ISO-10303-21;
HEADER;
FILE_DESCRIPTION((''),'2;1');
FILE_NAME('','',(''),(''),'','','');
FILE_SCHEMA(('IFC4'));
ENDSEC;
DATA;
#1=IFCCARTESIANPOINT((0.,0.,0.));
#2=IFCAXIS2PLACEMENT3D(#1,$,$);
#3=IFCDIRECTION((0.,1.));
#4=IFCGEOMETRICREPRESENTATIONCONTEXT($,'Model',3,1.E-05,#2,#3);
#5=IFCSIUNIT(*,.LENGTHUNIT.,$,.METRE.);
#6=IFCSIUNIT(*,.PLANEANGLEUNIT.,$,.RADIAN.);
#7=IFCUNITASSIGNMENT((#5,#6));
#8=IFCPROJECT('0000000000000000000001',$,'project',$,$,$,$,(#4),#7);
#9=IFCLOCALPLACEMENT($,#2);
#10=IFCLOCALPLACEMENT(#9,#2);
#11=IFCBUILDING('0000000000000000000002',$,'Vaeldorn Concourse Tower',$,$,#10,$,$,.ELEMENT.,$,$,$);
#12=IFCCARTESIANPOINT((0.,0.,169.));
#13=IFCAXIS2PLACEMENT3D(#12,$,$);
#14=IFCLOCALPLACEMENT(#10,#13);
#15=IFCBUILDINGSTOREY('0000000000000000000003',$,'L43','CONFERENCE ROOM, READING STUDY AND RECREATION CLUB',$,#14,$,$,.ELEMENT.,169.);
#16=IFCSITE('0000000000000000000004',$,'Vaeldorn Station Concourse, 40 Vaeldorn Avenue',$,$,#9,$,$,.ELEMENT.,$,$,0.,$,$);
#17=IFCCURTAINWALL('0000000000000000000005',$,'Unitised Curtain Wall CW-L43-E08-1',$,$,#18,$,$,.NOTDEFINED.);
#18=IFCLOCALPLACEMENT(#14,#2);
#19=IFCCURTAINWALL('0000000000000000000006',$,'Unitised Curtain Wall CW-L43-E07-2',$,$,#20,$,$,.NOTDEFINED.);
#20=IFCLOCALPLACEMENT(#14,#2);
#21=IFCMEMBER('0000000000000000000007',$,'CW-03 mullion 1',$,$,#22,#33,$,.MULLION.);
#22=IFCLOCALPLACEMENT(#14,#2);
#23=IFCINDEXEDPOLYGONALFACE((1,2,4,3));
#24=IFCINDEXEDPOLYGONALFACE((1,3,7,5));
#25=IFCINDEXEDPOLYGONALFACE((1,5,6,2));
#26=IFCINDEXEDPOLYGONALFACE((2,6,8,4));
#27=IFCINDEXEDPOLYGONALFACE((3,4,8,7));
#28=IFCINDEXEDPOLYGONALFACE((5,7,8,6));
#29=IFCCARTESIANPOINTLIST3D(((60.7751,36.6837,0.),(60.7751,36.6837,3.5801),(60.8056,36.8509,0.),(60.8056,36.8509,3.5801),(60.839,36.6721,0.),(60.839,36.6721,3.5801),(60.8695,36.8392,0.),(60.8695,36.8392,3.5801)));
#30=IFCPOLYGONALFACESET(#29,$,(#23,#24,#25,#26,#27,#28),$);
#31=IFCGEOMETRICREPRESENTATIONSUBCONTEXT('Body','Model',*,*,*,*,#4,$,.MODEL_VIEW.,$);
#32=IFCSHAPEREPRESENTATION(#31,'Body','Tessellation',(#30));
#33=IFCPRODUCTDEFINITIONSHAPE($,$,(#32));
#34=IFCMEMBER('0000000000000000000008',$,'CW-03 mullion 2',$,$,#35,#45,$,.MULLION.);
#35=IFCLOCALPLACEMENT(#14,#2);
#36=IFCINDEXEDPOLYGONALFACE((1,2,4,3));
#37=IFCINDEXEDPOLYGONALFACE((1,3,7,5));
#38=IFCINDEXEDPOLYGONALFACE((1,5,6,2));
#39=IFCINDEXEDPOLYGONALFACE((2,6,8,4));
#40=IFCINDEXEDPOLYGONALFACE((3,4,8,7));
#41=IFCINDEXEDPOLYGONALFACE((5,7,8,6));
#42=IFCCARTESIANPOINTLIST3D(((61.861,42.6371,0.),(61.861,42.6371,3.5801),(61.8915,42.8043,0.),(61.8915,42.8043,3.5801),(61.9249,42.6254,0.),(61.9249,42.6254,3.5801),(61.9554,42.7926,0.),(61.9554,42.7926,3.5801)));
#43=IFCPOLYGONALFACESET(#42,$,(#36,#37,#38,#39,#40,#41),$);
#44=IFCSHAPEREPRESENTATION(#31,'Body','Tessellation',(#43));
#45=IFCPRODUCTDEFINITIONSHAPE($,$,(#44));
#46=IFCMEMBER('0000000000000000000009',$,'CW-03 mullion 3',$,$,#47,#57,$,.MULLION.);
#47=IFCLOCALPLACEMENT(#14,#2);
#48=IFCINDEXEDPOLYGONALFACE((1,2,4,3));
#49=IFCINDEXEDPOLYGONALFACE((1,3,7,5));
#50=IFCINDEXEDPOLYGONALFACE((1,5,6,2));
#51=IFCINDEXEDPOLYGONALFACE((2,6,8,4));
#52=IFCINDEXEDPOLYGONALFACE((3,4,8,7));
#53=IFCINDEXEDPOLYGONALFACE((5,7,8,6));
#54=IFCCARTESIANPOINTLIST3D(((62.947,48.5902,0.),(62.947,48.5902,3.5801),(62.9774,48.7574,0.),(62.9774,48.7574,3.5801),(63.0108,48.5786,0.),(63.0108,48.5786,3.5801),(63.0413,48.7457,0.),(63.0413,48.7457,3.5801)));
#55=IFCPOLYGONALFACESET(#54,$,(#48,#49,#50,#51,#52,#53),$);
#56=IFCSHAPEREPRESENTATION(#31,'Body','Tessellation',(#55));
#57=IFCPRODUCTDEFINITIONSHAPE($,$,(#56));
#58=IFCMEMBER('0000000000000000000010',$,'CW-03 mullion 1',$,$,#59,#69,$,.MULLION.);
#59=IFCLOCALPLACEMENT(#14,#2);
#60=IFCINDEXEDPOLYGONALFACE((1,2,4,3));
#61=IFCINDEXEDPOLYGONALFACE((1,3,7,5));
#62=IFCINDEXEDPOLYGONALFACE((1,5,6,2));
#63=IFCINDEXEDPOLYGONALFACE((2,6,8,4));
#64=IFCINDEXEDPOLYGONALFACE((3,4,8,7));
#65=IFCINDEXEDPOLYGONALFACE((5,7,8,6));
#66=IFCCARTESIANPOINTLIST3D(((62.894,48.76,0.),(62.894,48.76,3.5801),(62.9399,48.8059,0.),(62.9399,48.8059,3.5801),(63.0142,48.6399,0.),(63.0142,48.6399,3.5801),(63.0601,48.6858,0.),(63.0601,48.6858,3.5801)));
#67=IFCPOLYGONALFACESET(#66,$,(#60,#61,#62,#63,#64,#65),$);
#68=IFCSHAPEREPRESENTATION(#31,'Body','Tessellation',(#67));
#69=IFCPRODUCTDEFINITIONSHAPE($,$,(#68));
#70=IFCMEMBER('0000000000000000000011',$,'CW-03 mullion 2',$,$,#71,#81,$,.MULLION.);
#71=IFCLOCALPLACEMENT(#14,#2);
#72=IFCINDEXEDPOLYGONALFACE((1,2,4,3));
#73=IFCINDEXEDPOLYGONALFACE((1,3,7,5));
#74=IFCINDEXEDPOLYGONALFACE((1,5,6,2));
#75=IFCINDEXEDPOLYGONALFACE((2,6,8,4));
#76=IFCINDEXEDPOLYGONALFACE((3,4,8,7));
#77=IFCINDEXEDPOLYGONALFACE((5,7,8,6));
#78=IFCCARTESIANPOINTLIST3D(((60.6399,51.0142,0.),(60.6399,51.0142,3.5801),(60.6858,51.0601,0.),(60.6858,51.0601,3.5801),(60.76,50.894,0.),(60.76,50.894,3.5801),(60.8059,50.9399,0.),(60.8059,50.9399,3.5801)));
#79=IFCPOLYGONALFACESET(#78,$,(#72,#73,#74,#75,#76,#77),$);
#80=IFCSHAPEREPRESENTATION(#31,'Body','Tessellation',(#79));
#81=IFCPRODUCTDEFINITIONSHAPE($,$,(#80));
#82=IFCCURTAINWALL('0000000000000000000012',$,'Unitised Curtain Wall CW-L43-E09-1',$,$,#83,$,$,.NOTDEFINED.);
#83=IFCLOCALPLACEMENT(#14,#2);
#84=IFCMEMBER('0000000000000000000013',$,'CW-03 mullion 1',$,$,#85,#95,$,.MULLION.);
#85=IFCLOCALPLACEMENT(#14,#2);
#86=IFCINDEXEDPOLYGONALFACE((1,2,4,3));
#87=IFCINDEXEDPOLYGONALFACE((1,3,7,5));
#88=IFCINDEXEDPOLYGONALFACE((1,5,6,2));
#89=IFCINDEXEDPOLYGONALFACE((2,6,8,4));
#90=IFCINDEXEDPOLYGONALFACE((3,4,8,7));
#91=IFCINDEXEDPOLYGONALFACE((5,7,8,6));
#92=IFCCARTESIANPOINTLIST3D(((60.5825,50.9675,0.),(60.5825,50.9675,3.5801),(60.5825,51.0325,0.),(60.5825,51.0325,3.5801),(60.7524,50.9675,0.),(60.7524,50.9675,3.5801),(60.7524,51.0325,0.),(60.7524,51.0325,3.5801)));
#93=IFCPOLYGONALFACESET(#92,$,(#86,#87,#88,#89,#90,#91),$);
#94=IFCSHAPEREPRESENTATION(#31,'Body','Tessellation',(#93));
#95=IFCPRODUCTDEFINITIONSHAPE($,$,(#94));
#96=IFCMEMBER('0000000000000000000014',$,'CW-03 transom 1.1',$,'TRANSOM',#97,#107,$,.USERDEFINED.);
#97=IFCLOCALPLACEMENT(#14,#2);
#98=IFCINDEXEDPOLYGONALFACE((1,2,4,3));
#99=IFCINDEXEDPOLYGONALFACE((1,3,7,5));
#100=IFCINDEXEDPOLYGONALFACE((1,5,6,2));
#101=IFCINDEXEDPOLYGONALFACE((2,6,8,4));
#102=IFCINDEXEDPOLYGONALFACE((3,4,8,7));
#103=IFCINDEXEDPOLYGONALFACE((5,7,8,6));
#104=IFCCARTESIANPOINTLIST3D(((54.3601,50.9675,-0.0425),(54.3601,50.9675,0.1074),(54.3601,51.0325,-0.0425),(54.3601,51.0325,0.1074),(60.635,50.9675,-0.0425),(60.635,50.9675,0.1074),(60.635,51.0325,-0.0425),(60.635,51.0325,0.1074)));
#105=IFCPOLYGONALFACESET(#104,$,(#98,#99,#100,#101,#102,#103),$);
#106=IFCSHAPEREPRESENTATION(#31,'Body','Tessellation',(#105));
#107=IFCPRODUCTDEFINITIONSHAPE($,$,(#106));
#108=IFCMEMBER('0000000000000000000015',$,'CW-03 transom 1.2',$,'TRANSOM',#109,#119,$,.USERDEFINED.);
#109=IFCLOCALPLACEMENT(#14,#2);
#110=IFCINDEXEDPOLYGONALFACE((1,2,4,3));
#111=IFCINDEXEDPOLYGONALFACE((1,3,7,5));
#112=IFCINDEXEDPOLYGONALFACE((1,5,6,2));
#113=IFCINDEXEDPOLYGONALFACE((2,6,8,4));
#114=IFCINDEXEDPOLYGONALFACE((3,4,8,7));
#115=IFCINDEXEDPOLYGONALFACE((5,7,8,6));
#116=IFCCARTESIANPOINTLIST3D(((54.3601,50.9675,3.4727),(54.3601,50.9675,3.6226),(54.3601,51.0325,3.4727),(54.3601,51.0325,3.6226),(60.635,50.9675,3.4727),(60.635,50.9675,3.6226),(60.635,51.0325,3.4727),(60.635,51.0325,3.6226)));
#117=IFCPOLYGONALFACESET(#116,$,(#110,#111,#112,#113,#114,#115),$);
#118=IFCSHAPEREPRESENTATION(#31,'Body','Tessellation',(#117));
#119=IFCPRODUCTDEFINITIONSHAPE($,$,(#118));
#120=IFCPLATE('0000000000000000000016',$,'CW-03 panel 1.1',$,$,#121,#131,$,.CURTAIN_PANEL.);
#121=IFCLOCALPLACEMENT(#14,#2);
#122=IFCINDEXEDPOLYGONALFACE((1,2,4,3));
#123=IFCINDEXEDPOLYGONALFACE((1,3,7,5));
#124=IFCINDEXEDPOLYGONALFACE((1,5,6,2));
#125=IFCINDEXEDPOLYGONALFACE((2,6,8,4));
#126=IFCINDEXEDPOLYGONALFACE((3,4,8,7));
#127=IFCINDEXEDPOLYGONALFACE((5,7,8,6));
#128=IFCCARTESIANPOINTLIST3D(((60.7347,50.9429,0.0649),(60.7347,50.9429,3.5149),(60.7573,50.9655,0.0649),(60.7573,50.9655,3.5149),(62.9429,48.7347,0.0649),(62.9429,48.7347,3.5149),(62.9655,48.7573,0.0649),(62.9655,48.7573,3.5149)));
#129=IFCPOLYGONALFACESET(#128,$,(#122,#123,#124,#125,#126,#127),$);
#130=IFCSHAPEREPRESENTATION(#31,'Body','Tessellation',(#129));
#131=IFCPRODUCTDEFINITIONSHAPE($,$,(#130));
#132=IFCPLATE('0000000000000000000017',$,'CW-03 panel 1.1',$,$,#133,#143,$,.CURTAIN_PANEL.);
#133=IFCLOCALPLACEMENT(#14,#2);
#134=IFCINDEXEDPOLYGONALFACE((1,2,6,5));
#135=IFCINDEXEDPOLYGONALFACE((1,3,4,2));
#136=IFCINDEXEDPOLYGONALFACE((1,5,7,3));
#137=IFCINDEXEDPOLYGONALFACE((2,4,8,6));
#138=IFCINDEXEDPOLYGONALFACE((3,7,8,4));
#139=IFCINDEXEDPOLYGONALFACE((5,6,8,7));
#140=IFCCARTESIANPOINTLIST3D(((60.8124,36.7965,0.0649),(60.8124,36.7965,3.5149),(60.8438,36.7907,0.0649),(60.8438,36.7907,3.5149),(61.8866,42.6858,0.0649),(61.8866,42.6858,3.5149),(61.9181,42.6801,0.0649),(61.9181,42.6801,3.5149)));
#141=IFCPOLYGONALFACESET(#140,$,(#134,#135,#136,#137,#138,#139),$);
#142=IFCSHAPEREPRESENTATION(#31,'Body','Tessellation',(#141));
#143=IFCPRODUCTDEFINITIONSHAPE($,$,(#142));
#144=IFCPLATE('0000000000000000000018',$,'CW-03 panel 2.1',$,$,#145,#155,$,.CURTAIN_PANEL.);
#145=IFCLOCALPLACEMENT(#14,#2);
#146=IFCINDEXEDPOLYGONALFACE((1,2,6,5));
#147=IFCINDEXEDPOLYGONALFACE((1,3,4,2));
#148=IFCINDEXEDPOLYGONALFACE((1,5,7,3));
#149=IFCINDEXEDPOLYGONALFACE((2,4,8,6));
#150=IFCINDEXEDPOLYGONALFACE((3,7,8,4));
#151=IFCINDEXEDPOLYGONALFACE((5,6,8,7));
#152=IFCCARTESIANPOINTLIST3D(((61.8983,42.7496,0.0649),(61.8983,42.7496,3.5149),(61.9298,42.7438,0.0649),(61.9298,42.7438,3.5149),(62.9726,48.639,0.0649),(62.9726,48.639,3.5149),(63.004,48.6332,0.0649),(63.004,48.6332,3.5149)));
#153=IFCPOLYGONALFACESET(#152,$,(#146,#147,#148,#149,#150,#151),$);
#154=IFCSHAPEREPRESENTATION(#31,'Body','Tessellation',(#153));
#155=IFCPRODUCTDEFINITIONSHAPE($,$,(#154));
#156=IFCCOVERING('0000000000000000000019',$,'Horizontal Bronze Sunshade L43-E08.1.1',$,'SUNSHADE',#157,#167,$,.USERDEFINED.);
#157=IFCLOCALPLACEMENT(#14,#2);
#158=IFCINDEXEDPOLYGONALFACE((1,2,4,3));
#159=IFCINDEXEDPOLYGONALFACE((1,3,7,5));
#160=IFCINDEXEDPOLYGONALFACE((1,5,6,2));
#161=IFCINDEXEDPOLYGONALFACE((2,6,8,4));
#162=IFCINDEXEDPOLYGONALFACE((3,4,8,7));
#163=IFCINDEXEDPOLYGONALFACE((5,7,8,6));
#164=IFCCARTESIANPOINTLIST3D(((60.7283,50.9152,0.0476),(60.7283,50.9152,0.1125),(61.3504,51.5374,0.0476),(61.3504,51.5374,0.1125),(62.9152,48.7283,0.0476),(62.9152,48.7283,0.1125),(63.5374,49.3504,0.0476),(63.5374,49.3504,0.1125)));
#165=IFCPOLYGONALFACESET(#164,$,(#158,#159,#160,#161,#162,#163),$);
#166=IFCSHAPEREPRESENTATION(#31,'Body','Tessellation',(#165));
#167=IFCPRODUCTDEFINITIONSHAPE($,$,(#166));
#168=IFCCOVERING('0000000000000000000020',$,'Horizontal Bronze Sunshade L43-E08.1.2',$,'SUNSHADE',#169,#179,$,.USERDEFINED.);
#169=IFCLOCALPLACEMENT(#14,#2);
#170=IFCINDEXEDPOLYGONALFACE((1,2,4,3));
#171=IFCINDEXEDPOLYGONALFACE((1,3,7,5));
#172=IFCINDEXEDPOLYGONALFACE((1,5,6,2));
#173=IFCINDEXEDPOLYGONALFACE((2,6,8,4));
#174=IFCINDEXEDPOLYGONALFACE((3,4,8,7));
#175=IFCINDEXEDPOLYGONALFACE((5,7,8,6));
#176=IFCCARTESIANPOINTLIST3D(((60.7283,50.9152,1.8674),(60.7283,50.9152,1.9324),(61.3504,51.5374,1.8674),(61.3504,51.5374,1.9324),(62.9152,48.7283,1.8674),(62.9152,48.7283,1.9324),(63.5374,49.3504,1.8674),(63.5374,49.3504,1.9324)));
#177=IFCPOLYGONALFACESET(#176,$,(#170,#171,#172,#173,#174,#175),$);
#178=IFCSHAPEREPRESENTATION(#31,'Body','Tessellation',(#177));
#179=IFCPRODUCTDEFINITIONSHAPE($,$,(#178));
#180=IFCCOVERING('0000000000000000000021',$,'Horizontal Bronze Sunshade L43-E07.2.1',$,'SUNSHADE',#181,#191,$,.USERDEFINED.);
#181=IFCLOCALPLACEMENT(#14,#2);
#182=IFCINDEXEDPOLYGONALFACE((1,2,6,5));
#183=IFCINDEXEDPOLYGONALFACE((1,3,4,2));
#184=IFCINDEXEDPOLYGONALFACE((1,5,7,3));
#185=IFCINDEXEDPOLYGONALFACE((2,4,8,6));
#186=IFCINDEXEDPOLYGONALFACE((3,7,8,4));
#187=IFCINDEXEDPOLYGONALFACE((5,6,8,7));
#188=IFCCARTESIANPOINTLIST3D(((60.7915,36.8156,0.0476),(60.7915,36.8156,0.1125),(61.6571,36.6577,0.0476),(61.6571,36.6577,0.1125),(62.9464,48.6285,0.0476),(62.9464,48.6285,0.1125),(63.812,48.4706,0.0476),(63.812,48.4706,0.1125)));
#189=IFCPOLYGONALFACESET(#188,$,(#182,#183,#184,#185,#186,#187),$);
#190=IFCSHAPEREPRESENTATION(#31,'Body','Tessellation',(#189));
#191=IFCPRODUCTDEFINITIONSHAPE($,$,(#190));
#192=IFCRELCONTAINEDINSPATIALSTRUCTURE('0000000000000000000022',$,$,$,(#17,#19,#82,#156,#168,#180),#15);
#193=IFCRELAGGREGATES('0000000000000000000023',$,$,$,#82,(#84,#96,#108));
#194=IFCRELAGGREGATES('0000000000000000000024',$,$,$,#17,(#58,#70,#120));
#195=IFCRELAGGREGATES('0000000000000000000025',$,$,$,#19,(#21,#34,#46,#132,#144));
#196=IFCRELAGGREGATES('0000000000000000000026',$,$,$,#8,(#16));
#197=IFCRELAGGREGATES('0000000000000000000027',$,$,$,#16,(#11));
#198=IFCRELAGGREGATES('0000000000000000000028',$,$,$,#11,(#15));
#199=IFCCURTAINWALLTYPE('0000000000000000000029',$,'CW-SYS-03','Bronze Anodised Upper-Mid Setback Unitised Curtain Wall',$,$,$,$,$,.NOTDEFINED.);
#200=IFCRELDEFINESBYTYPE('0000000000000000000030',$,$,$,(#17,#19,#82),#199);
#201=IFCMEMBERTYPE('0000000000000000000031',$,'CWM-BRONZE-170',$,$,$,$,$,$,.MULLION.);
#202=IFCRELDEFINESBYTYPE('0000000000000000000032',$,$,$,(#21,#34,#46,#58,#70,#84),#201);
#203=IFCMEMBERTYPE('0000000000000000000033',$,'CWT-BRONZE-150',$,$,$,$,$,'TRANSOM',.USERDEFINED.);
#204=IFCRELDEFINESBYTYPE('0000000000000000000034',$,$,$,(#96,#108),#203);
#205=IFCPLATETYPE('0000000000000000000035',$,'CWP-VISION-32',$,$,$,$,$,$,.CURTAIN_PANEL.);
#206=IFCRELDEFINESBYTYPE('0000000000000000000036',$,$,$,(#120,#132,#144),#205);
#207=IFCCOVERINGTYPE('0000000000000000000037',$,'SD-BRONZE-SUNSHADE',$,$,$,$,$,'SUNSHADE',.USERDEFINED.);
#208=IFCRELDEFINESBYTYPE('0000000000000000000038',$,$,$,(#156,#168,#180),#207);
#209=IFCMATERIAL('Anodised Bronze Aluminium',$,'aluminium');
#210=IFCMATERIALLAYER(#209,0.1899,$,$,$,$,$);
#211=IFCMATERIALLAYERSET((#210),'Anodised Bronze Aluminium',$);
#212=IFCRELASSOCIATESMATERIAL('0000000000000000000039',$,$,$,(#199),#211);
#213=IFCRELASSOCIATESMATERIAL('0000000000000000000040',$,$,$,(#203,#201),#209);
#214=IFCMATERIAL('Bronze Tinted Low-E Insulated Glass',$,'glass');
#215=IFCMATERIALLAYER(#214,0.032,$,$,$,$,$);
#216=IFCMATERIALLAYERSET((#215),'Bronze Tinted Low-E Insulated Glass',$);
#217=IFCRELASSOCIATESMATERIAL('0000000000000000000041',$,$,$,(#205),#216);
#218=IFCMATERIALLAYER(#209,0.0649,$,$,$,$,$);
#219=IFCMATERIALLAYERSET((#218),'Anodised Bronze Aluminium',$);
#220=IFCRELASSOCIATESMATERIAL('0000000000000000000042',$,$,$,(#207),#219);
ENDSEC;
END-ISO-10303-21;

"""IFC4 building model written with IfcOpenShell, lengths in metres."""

from ifc_helpers import new_model, si_unit, direction, frame, origin, origin_2d, place, context, subcontext, project, spatial, rectangle, extrude, source, transform, mapped, material, layer, layer_set, material_profile, profile_set, type_object, element, aggregate, save


model = new_model("IFC4")

# Units and contexts
model_context = context("Model", 3, precision=1e-05, world=origin(), true_north=direction((0.0, 1.0)))
body_context = subcontext(model_context, "Body", "Model", "MODEL_VIEW")
ifc_project = project(units=[si_unit("LENGTHUNIT", "METRE"), si_unit("PLANEANGLEUNIT", "RADIAN")], contexts=[model_context])

# Site, building, storey
site_placement = place(None, origin())
site = spatial("IfcSite", under=ifc_project, at=site_placement, Name="Vaeldorn Station Concourse, 40 Vaeldorn Avenue", CompositionType="ELEMENT", RefElevation=0.0)
building_placement = place(site_placement, origin())
building = spatial("IfcBuilding", under=site, at=building_placement, Name="Vaeldorn Concourse Tower", CompositionType="ELEMENT")
storey_placement = place(building_placement, frame((0.0, 0.0, 169.0)))
storey = spatial("IfcBuildingStorey", under=building, at=storey_placement, Name="L43", Description="CONFERENCE ROOM, READING STUDY AND RECREATION CLUB", CompositionType="ELEMENT", Elevation=169.0)

# Curtain walls, members
ifc_material_1 = material(Name="Anodised Bronze Aluminium", Category="aluminium")
ifc_layer_1 = layer(ifc_material_1, 0.1899)
ifc_layer_set_1 = layer_set([ifc_layer_1], Name="Anodised Bronze Aluminium")
curtain_wall_type = type_object("IfcCurtainWallType", Name="CW-SYS-03", Description="Bronze Anodised Upper-Mid Setback Unitised Curtain Wall", PredefinedType="NOTDEFINED", material=ifc_layer_set_1)
curtain_wall_1_placement = place(storey_placement, origin())
curtain_wall_1 = element("IfcCurtainWall", 1, at=curtain_wall_1_placement, inside=storey, type_object=curtain_wall_type, Name="Unitised Curtain Wall CW-L43-E08-1", PredefinedType="NOTDEFINED")
ifc_material_profile_1 = material_profile(ifc_material_1, rectangle(XDim=0.0649, YDim=0.1499, at=origin_2d()), Name="CWT 65x150")
ifc_profile_set_1 = profile_set([ifc_material_profile_1], Name="Anodised Bronze Aluminium")
member_type_1 = type_object("IfcMemberType", Name="CWT-BRONZE-150", ElementType="TRANSOM", PredefinedType="USERDEFINED", material=ifc_profile_set_1)
curtain_wall_2_placement = place(storey_placement, origin())
curtain_wall_2 = element("IfcCurtainWall", 2, at=curtain_wall_2_placement, inside=storey, type_object=curtain_wall_type, Name="Unitised Curtain Wall CW-L43-E07-2", PredefinedType="NOTDEFINED")
ifc_material_profile_2 = material_profile(ifc_material_1, rectangle(XDim=0.0649, YDim=0.1699, at=origin_2d()), Name="CWM 65x170")
ifc_profile_set_2 = profile_set([ifc_material_profile_2], Name="Anodised Bronze Aluminium")
member_type_2 = type_object("IfcMemberType", Name="CWM-BRONZE-170", PredefinedType="MULLION", material=ifc_profile_set_2)
shared_shape_1 = source(origin(), body_context, "Body", "SweptSolid", [
    extrude(rectangle(XDim=0.0649, YDim=0.1699, at=origin_2d()), origin(), (0.0, 0.0, 1.0), 3.5801),
])
member_1_placement = place(storey_placement, frame((60.8223, 36.7615, 0.0), z_axis=(0.0, 0.0, 1.0), x_axis=(-0.983768, 0.179447, 0.0)))
member_1 = element("IfcMember", 3, at=member_1_placement, type_object=member_type_2, Name="CW-03 mullion 1", PredefinedType="MULLION", context=body_context, shape_type="MappedRepresentation", body=[
    mapped(shared_shape_1, transform((0.0, 0.0, 0.0), scale=1.0)),
])
member_2_placement = place(storey_placement, frame((61.9082, 42.7148, 0.0), z_axis=(0.0, 0.0, 1.0), x_axis=(-0.983768, 0.179447, 0.0)))
member_2 = element("IfcMember", 4, at=member_2_placement, type_object=member_type_2, Name="CW-03 mullion 2", PredefinedType="MULLION", context=body_context, shape_type="MappedRepresentation", body=[
    mapped(shared_shape_1, transform((0.0, 0.0, 0.0), scale=1.0)),
])
member_3_placement = place(storey_placement, frame((62.9941, 48.668, 0.0), z_axis=(0.0, 0.0, 1.0), x_axis=(-0.983768, 0.179447, 0.0)))
member_3 = element("IfcMember", 5, at=member_3_placement, type_object=member_type_2, Name="CW-03 mullion 3", PredefinedType="MULLION", context=body_context, shape_type="MappedRepresentation", body=[
    mapped(shared_shape_1, transform((0.0, 0.0, 0.0), scale=1.0)),
])

# Members
member_4_placement = place(storey_placement, frame((62.9771, 48.7229, 0.0), z_axis=(0.0, 0.0, 1.0), x_axis=(-0.707107, -0.707107, 0.0)))
member_4 = element("IfcMember", 6, at=member_4_placement, type_object=member_type_2, Name="CW-03 mullion 1", PredefinedType="MULLION", context=body_context, shape_type="MappedRepresentation", body=[
    mapped(shared_shape_1, transform((0.0, 0.0, 0.0), scale=1.0)),
])
member_5_placement = place(storey_placement, frame((60.7229, 50.9771, 0.0), z_axis=(0.0, 0.0, 1.0), x_axis=(-0.707107, -0.707107, 0.0)))
member_5 = element("IfcMember", 7, at=member_5_placement, type_object=member_type_2, Name="CW-03 mullion 2", PredefinedType="MULLION", context=body_context, shape_type="MappedRepresentation", body=[
    mapped(shared_shape_1, transform((0.0, 0.0, 0.0), scale=1.0)),
])

# Curtain wall, members
curtain_wall_3_placement = place(storey_placement, origin())
curtain_wall_3 = element("IfcCurtainWall", 8, at=curtain_wall_3_placement, inside=storey, type_object=curtain_wall_type, Name="Unitised Curtain Wall CW-L43-E09-1", PredefinedType="NOTDEFINED")
member_6_placement = place(storey_placement, frame((60.6675, 51.0, 0.0), z_axis=(0.0, 0.0, 1.0), x_axis=(0.0, -1.0, 0.0)))
member_6 = element("IfcMember", 9, at=member_6_placement, type_object=member_type_2, Name="CW-03 mullion 1", PredefinedType="MULLION", context=body_context, shape_type="MappedRepresentation", body=[
    mapped(shared_shape_1, transform((0.0, 0.0, 0.0), scale=1.0)),
])
shared_shape_2 = source(origin(), body_context, "Body", "SweptSolid", [
    extrude(rectangle(XDim=0.0649, YDim=0.1499, at=origin_2d()), origin(), (0.0, 0.0, 1.0), 6.2749),
])
member_7_placement = place(storey_placement, frame((60.635, 51.0, 0.0325), z_axis=(-1.0, 0.0, 0.0), x_axis=(0.0, -1.0, 0.0)))
member_7 = element("IfcMember", 10, at=member_7_placement, type_object=member_type_1, Name="CW-03 transom 1.1", ObjectType="TRANSOM", PredefinedType="USERDEFINED", context=body_context, shape_type="MappedRepresentation", body=[
    mapped(shared_shape_2, transform((0.0, 0.0, 0.0), scale=1.0)),
])
member_8_placement = place(storey_placement, frame((60.635, 51.0, 3.5476), z_axis=(-1.0, 0.0, 0.0), x_axis=(0.0, -1.0, 0.0)))
member_8 = element("IfcMember", 11, at=member_8_placement, type_object=member_type_1, Name="CW-03 transom 1.2", ObjectType="TRANSOM", PredefinedType="USERDEFINED", context=body_context, shape_type="MappedRepresentation", body=[
    mapped(shared_shape_2, transform((0.0, 0.0, 0.0), scale=1.0)),
])
aggregate(curtain_wall_3, [member_6, member_7, member_8])

# Plates
ifc_material_2 = material(Name="Bronze Tinted Low-E Insulated Glass", Category="glass")
ifc_layer_2 = layer(ifc_material_2, 0.032)
ifc_layer_set_2 = layer_set([ifc_layer_2], Name="Bronze Tinted Low-E Insulated Glass")
plate_type = type_object("IfcPlateType", Name="CWP-VISION-32", PredefinedType="CURTAIN_PANEL", material=ifc_layer_set_2)
shared_shape_3 = source(origin(), body_context, "Body", "SweptSolid", [
    extrude(rectangle(XDim=3.1228, YDim=0.032, at=origin_2d()), origin(), (0.0, 0.0, 1.0), 3.45),
])
plate_1_placement = place(storey_placement, frame((61.8501, 49.8501, 0.0649), z_axis=(0.0, 0.0, 1.0), x_axis=(-0.707107, 0.707107, 0.0)))
plate_1 = element("IfcPlate", 12, at=plate_1_placement, type_object=plate_type, Name="CW-03 panel 1.1", PredefinedType="CURTAIN_PANEL", context=body_context, shape_type="MappedRepresentation", body=[
    mapped(shared_shape_3, transform((0.0, 0.0, 0.0), scale=1.0)),
])
aggregate(curtain_wall_1, [member_4, member_5, plate_1])
shared_shape_4 = source(origin(), body_context, "Body", "SweptSolid", [
    extrude(rectangle(XDim=5.9866, YDim=0.032, at=origin_2d()), origin(), (0.0, 0.0, 1.0), 3.45),
])
plate_2_placement = place(storey_placement, frame((61.3652, 39.7383, 0.0649), z_axis=(0.0, 0.0, 1.0), x_axis=(0.179447, 0.983768, 0.0)))
plate_2 = element("IfcPlate", 13, at=plate_2_placement, type_object=plate_type, Name="CW-03 panel 1.1", PredefinedType="CURTAIN_PANEL", context=body_context, shape_type="MappedRepresentation", body=[
    mapped(shared_shape_4, transform((0.0, 0.0, 0.0), scale=1.0)),
])
plate_3_placement = place(storey_placement, frame((62.4512, 45.6914, 0.0649), z_axis=(0.0, 0.0, 1.0), x_axis=(0.179447, 0.983768, 0.0)))
plate_3 = element("IfcPlate", 14, at=plate_3_placement, type_object=plate_type, Name="CW-03 panel 2.1", PredefinedType="CURTAIN_PANEL", context=body_context, shape_type="MappedRepresentation", body=[
    mapped(shared_shape_4, transform((0.0, 0.0, 0.0), scale=1.0)),
])
aggregate(curtain_wall_2, [member_1, member_2, member_3, plate_2, plate_3])

# Coverings
ifc_layer_3 = layer(ifc_material_1, 0.0649)
ifc_layer_set_3 = layer_set([ifc_layer_3], Name="Anodised Bronze Aluminium")
covering_type = type_object("IfcCoveringType", Name="SD-BRONZE-SUNSHADE", ElementType="SUNSHADE", PredefinedType="USERDEFINED", material=ifc_layer_set_3)
shared_shape_5 = source(origin(), body_context, "Body", "SweptSolid", [
    extrude(rectangle(XDim=3.0928, YDim=0.8799, at=origin_2d()), origin(), (0.0, 0.0, 1.0), 0.0649),
])
for number, where, z_axis, x_axis, name in (
    (15, (62.1328, 50.1328, 0.0476), (0.0, 0.0, 1.0), (-0.707107, 0.707107, 0.0), "Horizontal Bronze Sunshade L43-E08.1.1"),
    (16, (62.1328, 50.1328, 1.8674), (0.0, 0.0, 1.0), (-0.707107, 0.707107, 0.0), "Horizontal Bronze Sunshade L43-E08.1.2"),
):
    element("IfcCovering", number, at=place(storey_placement, frame(where, z_axis=z_axis, x_axis=x_axis)), inside=storey, type_object=covering_type, Name=name, ObjectType="SUNSHADE", PredefinedType="USERDEFINED", context=body_context, shape_type="MappedRepresentation", body=[
        mapped(shared_shape_5, transform((0.0, 0.0, 0.0), scale=1.0)),
    ])
shared_shape_6 = source(origin(), body_context, "Body", "SweptSolid", [
    extrude(rectangle(XDim=12.0078, YDim=0.8799, at=origin_2d()), origin(), (0.0, 0.0, 1.0), 0.0649),
])
for number, where, z_axis, x_axis, name in (
    (17, (62.3018, 42.6431, 0.0476), (0.0, 0.0, 1.0), (0.179455, 0.983766, 0.0), "Horizontal Bronze Sunshade L43-E07.2.1"),
):
    element("IfcCovering", number, at=place(storey_placement, frame(where, z_axis=z_axis, x_axis=x_axis)), inside=storey, type_object=covering_type, Name=name, ObjectType="SUNSHADE", PredefinedType="USERDEFINED", context=body_context, shape_type="MappedRepresentation", body=[
        mapped(shared_shape_6, transform((0.0, 0.0, 0.0), scale=1.0)),
    ])

save(model, "model.ifc")
